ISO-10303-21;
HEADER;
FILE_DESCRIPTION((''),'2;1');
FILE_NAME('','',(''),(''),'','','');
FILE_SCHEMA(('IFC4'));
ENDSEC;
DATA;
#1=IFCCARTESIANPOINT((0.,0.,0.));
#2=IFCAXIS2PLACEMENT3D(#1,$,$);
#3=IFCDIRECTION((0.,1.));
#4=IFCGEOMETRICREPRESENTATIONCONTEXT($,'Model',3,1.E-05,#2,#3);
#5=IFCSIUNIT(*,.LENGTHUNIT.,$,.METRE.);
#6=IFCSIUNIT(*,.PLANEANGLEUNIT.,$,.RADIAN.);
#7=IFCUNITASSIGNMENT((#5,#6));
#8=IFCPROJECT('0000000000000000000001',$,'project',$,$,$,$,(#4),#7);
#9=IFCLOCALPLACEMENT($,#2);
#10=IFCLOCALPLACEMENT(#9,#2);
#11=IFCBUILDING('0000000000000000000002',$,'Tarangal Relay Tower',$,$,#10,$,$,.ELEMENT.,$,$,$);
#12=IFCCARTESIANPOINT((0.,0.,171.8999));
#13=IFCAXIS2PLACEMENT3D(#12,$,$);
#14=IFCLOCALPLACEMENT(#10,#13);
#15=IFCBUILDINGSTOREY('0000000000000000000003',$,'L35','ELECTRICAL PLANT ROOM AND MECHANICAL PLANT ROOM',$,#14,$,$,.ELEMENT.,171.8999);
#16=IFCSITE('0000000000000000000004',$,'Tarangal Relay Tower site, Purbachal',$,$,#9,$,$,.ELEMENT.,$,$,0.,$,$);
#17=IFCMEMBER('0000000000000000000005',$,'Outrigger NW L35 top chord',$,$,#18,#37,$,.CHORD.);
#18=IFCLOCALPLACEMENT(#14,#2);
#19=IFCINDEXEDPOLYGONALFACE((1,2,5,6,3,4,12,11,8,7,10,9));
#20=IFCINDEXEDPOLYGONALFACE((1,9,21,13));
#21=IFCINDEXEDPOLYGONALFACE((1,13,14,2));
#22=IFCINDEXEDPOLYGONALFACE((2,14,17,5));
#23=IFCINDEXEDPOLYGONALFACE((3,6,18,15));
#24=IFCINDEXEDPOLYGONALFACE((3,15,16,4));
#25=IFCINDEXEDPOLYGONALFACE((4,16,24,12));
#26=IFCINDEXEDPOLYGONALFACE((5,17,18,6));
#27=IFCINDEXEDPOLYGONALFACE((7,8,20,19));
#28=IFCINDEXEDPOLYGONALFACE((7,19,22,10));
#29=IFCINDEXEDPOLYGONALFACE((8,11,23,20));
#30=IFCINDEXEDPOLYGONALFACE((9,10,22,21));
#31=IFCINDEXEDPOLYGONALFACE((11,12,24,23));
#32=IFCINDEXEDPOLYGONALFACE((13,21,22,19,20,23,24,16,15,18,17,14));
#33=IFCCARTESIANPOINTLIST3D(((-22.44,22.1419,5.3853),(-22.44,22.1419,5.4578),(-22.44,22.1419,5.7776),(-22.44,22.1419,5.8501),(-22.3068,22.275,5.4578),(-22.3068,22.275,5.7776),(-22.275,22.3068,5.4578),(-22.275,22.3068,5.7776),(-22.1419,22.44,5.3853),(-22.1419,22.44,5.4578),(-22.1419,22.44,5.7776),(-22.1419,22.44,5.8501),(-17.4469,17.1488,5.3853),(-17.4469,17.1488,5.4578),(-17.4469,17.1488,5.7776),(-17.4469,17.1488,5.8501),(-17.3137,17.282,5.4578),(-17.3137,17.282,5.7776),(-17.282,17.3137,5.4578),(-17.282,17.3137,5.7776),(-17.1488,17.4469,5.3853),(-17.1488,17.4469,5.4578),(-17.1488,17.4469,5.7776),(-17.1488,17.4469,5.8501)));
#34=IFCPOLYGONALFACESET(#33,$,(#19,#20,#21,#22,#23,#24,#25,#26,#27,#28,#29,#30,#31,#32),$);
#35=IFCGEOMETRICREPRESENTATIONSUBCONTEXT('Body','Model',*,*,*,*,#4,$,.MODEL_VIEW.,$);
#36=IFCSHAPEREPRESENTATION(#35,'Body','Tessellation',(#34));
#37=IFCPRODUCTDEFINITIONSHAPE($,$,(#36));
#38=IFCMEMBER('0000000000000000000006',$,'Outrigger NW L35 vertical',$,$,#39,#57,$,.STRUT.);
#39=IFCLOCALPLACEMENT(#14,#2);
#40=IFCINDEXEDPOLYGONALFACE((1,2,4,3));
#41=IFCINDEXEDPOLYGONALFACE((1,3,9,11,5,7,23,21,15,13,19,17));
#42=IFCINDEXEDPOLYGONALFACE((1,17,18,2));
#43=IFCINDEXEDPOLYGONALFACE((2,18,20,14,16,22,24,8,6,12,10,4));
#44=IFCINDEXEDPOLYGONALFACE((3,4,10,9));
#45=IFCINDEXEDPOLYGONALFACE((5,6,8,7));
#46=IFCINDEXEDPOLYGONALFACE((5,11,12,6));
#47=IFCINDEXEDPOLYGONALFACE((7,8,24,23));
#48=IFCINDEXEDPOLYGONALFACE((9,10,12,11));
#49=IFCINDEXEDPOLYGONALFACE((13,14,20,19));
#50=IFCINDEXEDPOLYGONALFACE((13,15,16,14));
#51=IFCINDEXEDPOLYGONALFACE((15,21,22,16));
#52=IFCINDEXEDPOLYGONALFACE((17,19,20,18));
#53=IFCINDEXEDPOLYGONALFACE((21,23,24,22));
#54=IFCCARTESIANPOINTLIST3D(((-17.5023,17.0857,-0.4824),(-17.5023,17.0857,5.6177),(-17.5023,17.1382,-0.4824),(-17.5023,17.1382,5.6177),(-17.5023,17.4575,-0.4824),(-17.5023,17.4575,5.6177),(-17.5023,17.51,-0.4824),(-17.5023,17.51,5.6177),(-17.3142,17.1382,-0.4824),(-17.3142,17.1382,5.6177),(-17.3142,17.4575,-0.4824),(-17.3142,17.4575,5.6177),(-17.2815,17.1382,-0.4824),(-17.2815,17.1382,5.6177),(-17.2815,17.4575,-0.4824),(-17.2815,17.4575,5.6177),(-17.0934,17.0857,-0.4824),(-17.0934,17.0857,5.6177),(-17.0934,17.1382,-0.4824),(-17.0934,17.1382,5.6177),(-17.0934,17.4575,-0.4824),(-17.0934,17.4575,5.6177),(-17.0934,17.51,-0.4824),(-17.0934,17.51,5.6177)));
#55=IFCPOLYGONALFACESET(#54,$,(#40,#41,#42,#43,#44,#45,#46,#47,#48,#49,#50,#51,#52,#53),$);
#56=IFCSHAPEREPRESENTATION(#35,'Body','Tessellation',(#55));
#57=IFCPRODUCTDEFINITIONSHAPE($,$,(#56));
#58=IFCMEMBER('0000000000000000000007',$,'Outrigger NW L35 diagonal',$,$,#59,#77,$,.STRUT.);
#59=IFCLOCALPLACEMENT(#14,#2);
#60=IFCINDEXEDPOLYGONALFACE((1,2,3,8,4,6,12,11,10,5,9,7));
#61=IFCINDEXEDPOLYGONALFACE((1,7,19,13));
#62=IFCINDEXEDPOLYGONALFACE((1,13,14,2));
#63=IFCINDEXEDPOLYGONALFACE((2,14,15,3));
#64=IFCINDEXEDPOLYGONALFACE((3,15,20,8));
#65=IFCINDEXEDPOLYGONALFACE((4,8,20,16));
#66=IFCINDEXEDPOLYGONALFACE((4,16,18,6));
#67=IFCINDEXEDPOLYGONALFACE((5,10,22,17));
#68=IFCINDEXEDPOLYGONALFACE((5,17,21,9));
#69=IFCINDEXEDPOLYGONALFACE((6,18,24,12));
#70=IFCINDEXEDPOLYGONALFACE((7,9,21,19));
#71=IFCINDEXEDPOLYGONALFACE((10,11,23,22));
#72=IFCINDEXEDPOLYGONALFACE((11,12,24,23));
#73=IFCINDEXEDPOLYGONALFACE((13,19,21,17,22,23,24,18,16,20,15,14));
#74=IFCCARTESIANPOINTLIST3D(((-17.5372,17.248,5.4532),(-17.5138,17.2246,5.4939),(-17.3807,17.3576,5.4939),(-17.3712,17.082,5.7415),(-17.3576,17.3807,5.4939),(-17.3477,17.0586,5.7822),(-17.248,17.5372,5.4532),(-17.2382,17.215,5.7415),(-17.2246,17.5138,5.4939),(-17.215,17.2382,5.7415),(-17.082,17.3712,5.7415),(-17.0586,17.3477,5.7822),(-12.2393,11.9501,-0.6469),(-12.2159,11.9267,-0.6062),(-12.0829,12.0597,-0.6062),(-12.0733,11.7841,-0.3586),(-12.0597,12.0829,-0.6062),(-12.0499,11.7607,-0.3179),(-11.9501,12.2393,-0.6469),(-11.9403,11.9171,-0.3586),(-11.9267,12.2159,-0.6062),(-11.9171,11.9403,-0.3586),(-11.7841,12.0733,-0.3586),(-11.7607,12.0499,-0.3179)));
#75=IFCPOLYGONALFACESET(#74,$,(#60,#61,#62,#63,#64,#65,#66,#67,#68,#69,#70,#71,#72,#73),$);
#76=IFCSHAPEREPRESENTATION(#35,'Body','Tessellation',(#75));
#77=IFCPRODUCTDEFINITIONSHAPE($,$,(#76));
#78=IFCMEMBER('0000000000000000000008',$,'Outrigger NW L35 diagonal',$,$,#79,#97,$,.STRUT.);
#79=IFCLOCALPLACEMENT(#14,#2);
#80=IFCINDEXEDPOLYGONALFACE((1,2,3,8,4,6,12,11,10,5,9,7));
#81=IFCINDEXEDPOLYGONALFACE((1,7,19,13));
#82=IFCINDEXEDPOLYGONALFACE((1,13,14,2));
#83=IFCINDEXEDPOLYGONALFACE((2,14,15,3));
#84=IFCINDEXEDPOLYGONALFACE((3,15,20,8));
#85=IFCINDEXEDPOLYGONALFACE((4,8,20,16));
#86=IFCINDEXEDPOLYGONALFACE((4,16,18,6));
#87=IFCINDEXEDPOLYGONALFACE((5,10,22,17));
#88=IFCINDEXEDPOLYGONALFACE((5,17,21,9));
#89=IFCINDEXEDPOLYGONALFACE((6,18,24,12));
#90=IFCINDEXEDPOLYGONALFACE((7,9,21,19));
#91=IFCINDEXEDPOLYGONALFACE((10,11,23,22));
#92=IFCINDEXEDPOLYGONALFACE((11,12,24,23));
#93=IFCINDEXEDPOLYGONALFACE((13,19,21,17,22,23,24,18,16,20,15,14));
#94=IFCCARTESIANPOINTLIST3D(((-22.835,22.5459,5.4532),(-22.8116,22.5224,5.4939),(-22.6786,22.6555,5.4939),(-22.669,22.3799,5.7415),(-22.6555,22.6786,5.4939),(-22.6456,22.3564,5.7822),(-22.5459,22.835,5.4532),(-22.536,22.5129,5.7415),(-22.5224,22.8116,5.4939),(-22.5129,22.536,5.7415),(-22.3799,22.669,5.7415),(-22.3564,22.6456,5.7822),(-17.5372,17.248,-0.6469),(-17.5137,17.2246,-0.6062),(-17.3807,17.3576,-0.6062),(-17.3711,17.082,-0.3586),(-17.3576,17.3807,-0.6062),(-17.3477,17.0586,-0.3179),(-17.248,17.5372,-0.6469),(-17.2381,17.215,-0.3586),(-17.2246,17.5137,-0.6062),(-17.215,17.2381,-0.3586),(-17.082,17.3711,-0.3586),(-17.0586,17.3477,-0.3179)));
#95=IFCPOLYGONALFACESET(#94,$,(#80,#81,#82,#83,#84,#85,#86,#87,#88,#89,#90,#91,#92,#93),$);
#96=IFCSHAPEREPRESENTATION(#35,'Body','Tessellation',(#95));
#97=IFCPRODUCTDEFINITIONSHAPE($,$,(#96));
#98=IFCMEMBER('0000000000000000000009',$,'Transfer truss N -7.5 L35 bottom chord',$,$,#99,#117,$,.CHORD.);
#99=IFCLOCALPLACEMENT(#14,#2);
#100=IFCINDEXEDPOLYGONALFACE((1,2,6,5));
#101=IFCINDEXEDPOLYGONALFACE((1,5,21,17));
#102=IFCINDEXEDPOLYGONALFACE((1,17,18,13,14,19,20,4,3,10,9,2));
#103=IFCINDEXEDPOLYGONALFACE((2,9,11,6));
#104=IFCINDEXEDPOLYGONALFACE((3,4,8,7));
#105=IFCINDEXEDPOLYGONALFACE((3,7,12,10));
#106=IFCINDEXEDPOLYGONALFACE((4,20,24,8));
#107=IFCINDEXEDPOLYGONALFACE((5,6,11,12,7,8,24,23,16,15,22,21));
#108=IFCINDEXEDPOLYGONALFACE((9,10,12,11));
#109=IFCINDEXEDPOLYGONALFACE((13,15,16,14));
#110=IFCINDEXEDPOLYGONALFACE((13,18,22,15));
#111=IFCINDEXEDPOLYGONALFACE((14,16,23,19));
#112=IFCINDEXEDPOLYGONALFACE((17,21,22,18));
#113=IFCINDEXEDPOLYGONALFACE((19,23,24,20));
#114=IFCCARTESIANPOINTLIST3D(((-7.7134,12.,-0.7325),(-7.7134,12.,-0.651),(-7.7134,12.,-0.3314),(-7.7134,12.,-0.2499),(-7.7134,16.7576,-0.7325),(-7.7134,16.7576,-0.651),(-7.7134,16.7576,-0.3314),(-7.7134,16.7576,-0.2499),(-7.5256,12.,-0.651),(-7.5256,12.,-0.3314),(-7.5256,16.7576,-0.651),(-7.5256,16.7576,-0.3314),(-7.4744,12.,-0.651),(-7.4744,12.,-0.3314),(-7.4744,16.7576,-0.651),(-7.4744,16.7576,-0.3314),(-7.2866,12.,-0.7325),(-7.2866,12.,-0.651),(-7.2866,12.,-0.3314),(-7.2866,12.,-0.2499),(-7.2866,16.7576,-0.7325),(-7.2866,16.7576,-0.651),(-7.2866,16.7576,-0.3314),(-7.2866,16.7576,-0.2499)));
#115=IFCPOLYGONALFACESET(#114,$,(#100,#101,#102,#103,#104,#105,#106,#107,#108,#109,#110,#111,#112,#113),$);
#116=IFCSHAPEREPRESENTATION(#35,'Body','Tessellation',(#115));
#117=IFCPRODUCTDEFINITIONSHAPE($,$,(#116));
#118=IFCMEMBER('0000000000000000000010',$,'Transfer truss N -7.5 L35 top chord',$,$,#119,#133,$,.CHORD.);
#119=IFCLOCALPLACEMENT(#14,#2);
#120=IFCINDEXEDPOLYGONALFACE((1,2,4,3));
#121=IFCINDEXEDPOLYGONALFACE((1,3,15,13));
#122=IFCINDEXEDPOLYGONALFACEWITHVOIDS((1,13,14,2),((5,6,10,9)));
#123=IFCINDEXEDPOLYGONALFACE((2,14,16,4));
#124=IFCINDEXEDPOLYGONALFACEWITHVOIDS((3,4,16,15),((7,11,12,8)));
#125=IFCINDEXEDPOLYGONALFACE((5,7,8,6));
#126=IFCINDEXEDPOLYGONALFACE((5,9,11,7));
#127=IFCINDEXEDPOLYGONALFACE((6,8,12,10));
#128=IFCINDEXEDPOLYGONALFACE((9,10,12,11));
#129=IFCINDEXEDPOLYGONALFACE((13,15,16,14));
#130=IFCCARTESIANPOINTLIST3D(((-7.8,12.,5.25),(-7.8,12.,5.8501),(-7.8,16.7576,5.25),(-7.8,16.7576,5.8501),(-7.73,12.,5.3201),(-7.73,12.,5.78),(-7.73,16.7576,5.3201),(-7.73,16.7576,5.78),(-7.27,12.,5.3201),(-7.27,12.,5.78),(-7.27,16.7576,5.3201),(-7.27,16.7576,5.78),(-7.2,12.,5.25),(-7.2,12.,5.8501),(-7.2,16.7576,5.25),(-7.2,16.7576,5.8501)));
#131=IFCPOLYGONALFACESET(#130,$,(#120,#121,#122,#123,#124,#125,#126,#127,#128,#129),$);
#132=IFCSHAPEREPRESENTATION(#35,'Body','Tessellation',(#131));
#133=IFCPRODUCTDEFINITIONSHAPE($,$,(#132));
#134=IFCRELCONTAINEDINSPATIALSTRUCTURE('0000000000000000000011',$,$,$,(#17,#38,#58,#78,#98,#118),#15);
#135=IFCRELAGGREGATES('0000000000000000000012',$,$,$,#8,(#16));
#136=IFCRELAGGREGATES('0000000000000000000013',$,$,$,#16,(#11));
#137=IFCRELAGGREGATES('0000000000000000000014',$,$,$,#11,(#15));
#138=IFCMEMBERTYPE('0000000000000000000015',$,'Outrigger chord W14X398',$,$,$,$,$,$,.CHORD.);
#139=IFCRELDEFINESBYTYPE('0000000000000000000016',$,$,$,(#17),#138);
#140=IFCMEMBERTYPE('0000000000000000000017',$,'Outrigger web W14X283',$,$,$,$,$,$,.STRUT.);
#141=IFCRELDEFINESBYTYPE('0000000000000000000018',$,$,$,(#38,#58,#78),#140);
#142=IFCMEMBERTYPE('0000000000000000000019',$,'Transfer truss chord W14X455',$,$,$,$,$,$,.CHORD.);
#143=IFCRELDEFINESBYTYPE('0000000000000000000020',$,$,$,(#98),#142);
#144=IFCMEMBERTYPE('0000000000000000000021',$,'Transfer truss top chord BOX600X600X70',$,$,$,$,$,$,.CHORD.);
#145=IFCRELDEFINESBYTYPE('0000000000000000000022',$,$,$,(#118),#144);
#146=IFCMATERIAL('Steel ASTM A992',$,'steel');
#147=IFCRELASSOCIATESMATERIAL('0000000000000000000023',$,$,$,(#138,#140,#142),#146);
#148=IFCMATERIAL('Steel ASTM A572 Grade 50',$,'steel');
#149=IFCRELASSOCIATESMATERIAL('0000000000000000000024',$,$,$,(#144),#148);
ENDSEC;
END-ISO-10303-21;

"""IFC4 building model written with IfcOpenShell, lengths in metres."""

from ifc_helpers import new_model, si_unit, direction, frame, origin, origin_2d, place, context, subcontext, project, spatial, hollow_rectangle, i_section, extrude, clip, halfspace, material, material_profile, profile_set, type_object, element, save


model = new_model("IFC4")

# Units and contexts
model_context = context("Model", 3, precision=1e-05, world=origin(), true_north=direction((0.0, 1.0)))
body_context = subcontext(model_context, "Body", "Model", "MODEL_VIEW")
ifc_project = project(units=[si_unit("LENGTHUNIT", "METRE"), si_unit("PLANEANGLEUNIT", "RADIAN")], contexts=[model_context])

# Site, building, storey
site_placement = place(None, origin())
site = spatial("IfcSite", under=ifc_project, at=site_placement, Name="Tarangal Relay Tower site, Purbachal", CompositionType="ELEMENT", RefElevation=0.0)
building_placement = place(site_placement, origin())
building = spatial("IfcBuilding", under=site, at=building_placement, Name="Tarangal Relay Tower", CompositionType="ELEMENT")
storey_placement = place(building_placement, frame((0.0, 0.0, 171.8999)))
storey = spatial("IfcBuildingStorey", under=building, at=storey_placement, Name="L35", Description="ELECTRICAL PLANT ROOM AND MECHANICAL PLANT ROOM", CompositionType="ELEMENT", Elevation=171.8999)

# Shared definitions
ifc_material_1 = material(Name="Steel ASTM A992", Category="steel")

# Members
ifc_material_profile_1 = material_profile(ifc_material_1, i_section(OverallWidth=0.4216, OverallDepth=0.4648, WebThickness=0.0449, FlangeThickness=0.0725, at=origin_2d()), Name="W14X398")
ifc_profile_set_1 = profile_set([ifc_material_profile_1], Name="Steel ASTM A992")
member_type_1 = type_object("IfcMemberType", Name="Outrigger chord W14X398", PredefinedType="CHORD", material=ifc_profile_set_1)
member_1_placement = place(storey_placement, frame((-17.2979, 17.2979, 5.6177), z_axis=(-0.707107, 0.707107, 0.0), x_axis=(-0.707107, -0.707107, 0.0)))
element("IfcMember", 1, at=member_1_placement, inside=storey, type_object=member_type_1, Name="Outrigger NW L35 top chord", PredefinedType="CHORD", context=body_context, shape_type="Clipping", body=[
    clip(extrude(i_section(OverallWidth=0.4216, OverallDepth=0.4648, WebThickness=0.0449, FlangeThickness=0.0725, at=origin_2d()), origin(), (0.0, 0.0, 1.0), 7.4922), halfspace(frame((0.0, 0.0, 7.0613)), False)),
])
ifc_material_profile_2 = material_profile(ifc_material_1, i_section(OverallWidth=0.4089, OverallDepth=0.4243, WebThickness=0.0327, FlangeThickness=0.0525, at=origin_2d()), Name="W14X283")
ifc_profile_set_2 = profile_set([ifc_material_profile_2], Name="Steel ASTM A992")
member_type_2 = type_object("IfcMemberType", Name="Outrigger web W14X283", PredefinedType="STRUT", material=ifc_profile_set_2)
member_2_placement = place(storey_placement, frame((-17.2979, 17.2979, -0.4824), z_axis=(0.0, 0.0, 1.0), x_axis=(1.0, 0.0, 0.0)))
element("IfcMember", 2, at=member_2_placement, inside=storey, type_object=member_type_2, Name="Outrigger NW L35 vertical", PredefinedType="STRUT", context=body_context, shape_type="SweptSolid", body=[
    extrude(i_section(OverallWidth=0.4089, OverallDepth=0.4243, WebThickness=0.0327, FlangeThickness=0.0525, at=origin_2d()), origin(), (0.0, 0.0, 1.0), 6.1001),
])
for number, where, z_axis, x_axis, name in (
    (3, (-12.0, 12.0, -0.4824), (-0.548344, 0.548344, 0.631378), (-0.707107, -0.707107, 0.0), "Outrigger NW L35 diagonal"),
    (4, (-17.2979, 17.2979, -0.4824), (-0.548344, 0.548344, 0.631378), (-0.707107, -0.707107, 0.0), "Outrigger NW L35 diagonal"),
):
    element("IfcMember", number, at=place(storey_placement, frame(where, z_axis=z_axis, x_axis=x_axis)), inside=storey, type_object=member_type_2, Name=name, PredefinedType="STRUT", context=body_context, shape_type="SweptSolid", body=[
        extrude(i_section(OverallWidth=0.4089, OverallDepth=0.4243, WebThickness=0.0327, FlangeThickness=0.0525, at=origin_2d()), origin(), (0.0, 0.0, 1.0), 9.6616),
    ])
ifc_material_profile_3 = material_profile(ifc_material_1, i_section(OverallWidth=0.4268, OverallDepth=0.4827, WebThickness=0.0513, FlangeThickness=0.0815, at=origin_2d()), Name="W14X455")
ifc_profile_set_3 = profile_set([ifc_material_profile_3], Name="Steel ASTM A992")
member_type_3 = type_object("IfcMemberType", Name="Transfer truss chord W14X455", PredefinedType="CHORD", material=ifc_profile_set_3)
member_3_placement = place(storey_placement, frame((-7.5, 12.0, -0.4912), z_axis=(0.0, 1.0, 0.0), x_axis=(-1.0, 0.0, 0.0)))
element("IfcMember", 5, at=member_3_placement, inside=storey, type_object=member_type_3, Name="Transfer truss N -7.5 L35 bottom chord", PredefinedType="CHORD", context=body_context, shape_type="SweptSolid", body=[
    extrude(i_section(OverallWidth=0.4268, OverallDepth=0.4827, WebThickness=0.0513, FlangeThickness=0.0815, at=origin_2d()), origin(), (0.0, 0.0, 1.0), 4.7576),
])
ifc_material_2 = material(Name="Steel ASTM A572 Grade 50", Category="steel")
ifc_material_profile_4 = material_profile(ifc_material_2, hollow_rectangle(XDim=0.6001, YDim=0.6001, WallThickness=0.0701, at=origin_2d()), Name="BOX600X600X70")
ifc_profile_set_4 = profile_set([ifc_material_profile_4], Name="Steel ASTM A572 Grade 50")
member_type_4 = type_object("IfcMemberType", Name="Transfer truss top chord BOX600X600X70", PredefinedType="CHORD", material=ifc_profile_set_4)
member_4_placement = place(storey_placement, frame((-7.5, 12.0, 5.55), z_axis=(0.0, 1.0, 0.0), x_axis=(-1.0, 0.0, 0.0)))
element("IfcMember", 6, at=member_4_placement, inside=storey, type_object=member_type_4, Name="Transfer truss N -7.5 L35 top chord", PredefinedType="CHORD", context=body_context, shape_type="SweptSolid", body=[
    extrude(hollow_rectangle(XDim=0.6001, YDim=0.6001, WallThickness=0.0701, at=origin_2d()), origin(), (0.0, 0.0, 1.0), 4.7576),
])

save(model, "model.ifc")
